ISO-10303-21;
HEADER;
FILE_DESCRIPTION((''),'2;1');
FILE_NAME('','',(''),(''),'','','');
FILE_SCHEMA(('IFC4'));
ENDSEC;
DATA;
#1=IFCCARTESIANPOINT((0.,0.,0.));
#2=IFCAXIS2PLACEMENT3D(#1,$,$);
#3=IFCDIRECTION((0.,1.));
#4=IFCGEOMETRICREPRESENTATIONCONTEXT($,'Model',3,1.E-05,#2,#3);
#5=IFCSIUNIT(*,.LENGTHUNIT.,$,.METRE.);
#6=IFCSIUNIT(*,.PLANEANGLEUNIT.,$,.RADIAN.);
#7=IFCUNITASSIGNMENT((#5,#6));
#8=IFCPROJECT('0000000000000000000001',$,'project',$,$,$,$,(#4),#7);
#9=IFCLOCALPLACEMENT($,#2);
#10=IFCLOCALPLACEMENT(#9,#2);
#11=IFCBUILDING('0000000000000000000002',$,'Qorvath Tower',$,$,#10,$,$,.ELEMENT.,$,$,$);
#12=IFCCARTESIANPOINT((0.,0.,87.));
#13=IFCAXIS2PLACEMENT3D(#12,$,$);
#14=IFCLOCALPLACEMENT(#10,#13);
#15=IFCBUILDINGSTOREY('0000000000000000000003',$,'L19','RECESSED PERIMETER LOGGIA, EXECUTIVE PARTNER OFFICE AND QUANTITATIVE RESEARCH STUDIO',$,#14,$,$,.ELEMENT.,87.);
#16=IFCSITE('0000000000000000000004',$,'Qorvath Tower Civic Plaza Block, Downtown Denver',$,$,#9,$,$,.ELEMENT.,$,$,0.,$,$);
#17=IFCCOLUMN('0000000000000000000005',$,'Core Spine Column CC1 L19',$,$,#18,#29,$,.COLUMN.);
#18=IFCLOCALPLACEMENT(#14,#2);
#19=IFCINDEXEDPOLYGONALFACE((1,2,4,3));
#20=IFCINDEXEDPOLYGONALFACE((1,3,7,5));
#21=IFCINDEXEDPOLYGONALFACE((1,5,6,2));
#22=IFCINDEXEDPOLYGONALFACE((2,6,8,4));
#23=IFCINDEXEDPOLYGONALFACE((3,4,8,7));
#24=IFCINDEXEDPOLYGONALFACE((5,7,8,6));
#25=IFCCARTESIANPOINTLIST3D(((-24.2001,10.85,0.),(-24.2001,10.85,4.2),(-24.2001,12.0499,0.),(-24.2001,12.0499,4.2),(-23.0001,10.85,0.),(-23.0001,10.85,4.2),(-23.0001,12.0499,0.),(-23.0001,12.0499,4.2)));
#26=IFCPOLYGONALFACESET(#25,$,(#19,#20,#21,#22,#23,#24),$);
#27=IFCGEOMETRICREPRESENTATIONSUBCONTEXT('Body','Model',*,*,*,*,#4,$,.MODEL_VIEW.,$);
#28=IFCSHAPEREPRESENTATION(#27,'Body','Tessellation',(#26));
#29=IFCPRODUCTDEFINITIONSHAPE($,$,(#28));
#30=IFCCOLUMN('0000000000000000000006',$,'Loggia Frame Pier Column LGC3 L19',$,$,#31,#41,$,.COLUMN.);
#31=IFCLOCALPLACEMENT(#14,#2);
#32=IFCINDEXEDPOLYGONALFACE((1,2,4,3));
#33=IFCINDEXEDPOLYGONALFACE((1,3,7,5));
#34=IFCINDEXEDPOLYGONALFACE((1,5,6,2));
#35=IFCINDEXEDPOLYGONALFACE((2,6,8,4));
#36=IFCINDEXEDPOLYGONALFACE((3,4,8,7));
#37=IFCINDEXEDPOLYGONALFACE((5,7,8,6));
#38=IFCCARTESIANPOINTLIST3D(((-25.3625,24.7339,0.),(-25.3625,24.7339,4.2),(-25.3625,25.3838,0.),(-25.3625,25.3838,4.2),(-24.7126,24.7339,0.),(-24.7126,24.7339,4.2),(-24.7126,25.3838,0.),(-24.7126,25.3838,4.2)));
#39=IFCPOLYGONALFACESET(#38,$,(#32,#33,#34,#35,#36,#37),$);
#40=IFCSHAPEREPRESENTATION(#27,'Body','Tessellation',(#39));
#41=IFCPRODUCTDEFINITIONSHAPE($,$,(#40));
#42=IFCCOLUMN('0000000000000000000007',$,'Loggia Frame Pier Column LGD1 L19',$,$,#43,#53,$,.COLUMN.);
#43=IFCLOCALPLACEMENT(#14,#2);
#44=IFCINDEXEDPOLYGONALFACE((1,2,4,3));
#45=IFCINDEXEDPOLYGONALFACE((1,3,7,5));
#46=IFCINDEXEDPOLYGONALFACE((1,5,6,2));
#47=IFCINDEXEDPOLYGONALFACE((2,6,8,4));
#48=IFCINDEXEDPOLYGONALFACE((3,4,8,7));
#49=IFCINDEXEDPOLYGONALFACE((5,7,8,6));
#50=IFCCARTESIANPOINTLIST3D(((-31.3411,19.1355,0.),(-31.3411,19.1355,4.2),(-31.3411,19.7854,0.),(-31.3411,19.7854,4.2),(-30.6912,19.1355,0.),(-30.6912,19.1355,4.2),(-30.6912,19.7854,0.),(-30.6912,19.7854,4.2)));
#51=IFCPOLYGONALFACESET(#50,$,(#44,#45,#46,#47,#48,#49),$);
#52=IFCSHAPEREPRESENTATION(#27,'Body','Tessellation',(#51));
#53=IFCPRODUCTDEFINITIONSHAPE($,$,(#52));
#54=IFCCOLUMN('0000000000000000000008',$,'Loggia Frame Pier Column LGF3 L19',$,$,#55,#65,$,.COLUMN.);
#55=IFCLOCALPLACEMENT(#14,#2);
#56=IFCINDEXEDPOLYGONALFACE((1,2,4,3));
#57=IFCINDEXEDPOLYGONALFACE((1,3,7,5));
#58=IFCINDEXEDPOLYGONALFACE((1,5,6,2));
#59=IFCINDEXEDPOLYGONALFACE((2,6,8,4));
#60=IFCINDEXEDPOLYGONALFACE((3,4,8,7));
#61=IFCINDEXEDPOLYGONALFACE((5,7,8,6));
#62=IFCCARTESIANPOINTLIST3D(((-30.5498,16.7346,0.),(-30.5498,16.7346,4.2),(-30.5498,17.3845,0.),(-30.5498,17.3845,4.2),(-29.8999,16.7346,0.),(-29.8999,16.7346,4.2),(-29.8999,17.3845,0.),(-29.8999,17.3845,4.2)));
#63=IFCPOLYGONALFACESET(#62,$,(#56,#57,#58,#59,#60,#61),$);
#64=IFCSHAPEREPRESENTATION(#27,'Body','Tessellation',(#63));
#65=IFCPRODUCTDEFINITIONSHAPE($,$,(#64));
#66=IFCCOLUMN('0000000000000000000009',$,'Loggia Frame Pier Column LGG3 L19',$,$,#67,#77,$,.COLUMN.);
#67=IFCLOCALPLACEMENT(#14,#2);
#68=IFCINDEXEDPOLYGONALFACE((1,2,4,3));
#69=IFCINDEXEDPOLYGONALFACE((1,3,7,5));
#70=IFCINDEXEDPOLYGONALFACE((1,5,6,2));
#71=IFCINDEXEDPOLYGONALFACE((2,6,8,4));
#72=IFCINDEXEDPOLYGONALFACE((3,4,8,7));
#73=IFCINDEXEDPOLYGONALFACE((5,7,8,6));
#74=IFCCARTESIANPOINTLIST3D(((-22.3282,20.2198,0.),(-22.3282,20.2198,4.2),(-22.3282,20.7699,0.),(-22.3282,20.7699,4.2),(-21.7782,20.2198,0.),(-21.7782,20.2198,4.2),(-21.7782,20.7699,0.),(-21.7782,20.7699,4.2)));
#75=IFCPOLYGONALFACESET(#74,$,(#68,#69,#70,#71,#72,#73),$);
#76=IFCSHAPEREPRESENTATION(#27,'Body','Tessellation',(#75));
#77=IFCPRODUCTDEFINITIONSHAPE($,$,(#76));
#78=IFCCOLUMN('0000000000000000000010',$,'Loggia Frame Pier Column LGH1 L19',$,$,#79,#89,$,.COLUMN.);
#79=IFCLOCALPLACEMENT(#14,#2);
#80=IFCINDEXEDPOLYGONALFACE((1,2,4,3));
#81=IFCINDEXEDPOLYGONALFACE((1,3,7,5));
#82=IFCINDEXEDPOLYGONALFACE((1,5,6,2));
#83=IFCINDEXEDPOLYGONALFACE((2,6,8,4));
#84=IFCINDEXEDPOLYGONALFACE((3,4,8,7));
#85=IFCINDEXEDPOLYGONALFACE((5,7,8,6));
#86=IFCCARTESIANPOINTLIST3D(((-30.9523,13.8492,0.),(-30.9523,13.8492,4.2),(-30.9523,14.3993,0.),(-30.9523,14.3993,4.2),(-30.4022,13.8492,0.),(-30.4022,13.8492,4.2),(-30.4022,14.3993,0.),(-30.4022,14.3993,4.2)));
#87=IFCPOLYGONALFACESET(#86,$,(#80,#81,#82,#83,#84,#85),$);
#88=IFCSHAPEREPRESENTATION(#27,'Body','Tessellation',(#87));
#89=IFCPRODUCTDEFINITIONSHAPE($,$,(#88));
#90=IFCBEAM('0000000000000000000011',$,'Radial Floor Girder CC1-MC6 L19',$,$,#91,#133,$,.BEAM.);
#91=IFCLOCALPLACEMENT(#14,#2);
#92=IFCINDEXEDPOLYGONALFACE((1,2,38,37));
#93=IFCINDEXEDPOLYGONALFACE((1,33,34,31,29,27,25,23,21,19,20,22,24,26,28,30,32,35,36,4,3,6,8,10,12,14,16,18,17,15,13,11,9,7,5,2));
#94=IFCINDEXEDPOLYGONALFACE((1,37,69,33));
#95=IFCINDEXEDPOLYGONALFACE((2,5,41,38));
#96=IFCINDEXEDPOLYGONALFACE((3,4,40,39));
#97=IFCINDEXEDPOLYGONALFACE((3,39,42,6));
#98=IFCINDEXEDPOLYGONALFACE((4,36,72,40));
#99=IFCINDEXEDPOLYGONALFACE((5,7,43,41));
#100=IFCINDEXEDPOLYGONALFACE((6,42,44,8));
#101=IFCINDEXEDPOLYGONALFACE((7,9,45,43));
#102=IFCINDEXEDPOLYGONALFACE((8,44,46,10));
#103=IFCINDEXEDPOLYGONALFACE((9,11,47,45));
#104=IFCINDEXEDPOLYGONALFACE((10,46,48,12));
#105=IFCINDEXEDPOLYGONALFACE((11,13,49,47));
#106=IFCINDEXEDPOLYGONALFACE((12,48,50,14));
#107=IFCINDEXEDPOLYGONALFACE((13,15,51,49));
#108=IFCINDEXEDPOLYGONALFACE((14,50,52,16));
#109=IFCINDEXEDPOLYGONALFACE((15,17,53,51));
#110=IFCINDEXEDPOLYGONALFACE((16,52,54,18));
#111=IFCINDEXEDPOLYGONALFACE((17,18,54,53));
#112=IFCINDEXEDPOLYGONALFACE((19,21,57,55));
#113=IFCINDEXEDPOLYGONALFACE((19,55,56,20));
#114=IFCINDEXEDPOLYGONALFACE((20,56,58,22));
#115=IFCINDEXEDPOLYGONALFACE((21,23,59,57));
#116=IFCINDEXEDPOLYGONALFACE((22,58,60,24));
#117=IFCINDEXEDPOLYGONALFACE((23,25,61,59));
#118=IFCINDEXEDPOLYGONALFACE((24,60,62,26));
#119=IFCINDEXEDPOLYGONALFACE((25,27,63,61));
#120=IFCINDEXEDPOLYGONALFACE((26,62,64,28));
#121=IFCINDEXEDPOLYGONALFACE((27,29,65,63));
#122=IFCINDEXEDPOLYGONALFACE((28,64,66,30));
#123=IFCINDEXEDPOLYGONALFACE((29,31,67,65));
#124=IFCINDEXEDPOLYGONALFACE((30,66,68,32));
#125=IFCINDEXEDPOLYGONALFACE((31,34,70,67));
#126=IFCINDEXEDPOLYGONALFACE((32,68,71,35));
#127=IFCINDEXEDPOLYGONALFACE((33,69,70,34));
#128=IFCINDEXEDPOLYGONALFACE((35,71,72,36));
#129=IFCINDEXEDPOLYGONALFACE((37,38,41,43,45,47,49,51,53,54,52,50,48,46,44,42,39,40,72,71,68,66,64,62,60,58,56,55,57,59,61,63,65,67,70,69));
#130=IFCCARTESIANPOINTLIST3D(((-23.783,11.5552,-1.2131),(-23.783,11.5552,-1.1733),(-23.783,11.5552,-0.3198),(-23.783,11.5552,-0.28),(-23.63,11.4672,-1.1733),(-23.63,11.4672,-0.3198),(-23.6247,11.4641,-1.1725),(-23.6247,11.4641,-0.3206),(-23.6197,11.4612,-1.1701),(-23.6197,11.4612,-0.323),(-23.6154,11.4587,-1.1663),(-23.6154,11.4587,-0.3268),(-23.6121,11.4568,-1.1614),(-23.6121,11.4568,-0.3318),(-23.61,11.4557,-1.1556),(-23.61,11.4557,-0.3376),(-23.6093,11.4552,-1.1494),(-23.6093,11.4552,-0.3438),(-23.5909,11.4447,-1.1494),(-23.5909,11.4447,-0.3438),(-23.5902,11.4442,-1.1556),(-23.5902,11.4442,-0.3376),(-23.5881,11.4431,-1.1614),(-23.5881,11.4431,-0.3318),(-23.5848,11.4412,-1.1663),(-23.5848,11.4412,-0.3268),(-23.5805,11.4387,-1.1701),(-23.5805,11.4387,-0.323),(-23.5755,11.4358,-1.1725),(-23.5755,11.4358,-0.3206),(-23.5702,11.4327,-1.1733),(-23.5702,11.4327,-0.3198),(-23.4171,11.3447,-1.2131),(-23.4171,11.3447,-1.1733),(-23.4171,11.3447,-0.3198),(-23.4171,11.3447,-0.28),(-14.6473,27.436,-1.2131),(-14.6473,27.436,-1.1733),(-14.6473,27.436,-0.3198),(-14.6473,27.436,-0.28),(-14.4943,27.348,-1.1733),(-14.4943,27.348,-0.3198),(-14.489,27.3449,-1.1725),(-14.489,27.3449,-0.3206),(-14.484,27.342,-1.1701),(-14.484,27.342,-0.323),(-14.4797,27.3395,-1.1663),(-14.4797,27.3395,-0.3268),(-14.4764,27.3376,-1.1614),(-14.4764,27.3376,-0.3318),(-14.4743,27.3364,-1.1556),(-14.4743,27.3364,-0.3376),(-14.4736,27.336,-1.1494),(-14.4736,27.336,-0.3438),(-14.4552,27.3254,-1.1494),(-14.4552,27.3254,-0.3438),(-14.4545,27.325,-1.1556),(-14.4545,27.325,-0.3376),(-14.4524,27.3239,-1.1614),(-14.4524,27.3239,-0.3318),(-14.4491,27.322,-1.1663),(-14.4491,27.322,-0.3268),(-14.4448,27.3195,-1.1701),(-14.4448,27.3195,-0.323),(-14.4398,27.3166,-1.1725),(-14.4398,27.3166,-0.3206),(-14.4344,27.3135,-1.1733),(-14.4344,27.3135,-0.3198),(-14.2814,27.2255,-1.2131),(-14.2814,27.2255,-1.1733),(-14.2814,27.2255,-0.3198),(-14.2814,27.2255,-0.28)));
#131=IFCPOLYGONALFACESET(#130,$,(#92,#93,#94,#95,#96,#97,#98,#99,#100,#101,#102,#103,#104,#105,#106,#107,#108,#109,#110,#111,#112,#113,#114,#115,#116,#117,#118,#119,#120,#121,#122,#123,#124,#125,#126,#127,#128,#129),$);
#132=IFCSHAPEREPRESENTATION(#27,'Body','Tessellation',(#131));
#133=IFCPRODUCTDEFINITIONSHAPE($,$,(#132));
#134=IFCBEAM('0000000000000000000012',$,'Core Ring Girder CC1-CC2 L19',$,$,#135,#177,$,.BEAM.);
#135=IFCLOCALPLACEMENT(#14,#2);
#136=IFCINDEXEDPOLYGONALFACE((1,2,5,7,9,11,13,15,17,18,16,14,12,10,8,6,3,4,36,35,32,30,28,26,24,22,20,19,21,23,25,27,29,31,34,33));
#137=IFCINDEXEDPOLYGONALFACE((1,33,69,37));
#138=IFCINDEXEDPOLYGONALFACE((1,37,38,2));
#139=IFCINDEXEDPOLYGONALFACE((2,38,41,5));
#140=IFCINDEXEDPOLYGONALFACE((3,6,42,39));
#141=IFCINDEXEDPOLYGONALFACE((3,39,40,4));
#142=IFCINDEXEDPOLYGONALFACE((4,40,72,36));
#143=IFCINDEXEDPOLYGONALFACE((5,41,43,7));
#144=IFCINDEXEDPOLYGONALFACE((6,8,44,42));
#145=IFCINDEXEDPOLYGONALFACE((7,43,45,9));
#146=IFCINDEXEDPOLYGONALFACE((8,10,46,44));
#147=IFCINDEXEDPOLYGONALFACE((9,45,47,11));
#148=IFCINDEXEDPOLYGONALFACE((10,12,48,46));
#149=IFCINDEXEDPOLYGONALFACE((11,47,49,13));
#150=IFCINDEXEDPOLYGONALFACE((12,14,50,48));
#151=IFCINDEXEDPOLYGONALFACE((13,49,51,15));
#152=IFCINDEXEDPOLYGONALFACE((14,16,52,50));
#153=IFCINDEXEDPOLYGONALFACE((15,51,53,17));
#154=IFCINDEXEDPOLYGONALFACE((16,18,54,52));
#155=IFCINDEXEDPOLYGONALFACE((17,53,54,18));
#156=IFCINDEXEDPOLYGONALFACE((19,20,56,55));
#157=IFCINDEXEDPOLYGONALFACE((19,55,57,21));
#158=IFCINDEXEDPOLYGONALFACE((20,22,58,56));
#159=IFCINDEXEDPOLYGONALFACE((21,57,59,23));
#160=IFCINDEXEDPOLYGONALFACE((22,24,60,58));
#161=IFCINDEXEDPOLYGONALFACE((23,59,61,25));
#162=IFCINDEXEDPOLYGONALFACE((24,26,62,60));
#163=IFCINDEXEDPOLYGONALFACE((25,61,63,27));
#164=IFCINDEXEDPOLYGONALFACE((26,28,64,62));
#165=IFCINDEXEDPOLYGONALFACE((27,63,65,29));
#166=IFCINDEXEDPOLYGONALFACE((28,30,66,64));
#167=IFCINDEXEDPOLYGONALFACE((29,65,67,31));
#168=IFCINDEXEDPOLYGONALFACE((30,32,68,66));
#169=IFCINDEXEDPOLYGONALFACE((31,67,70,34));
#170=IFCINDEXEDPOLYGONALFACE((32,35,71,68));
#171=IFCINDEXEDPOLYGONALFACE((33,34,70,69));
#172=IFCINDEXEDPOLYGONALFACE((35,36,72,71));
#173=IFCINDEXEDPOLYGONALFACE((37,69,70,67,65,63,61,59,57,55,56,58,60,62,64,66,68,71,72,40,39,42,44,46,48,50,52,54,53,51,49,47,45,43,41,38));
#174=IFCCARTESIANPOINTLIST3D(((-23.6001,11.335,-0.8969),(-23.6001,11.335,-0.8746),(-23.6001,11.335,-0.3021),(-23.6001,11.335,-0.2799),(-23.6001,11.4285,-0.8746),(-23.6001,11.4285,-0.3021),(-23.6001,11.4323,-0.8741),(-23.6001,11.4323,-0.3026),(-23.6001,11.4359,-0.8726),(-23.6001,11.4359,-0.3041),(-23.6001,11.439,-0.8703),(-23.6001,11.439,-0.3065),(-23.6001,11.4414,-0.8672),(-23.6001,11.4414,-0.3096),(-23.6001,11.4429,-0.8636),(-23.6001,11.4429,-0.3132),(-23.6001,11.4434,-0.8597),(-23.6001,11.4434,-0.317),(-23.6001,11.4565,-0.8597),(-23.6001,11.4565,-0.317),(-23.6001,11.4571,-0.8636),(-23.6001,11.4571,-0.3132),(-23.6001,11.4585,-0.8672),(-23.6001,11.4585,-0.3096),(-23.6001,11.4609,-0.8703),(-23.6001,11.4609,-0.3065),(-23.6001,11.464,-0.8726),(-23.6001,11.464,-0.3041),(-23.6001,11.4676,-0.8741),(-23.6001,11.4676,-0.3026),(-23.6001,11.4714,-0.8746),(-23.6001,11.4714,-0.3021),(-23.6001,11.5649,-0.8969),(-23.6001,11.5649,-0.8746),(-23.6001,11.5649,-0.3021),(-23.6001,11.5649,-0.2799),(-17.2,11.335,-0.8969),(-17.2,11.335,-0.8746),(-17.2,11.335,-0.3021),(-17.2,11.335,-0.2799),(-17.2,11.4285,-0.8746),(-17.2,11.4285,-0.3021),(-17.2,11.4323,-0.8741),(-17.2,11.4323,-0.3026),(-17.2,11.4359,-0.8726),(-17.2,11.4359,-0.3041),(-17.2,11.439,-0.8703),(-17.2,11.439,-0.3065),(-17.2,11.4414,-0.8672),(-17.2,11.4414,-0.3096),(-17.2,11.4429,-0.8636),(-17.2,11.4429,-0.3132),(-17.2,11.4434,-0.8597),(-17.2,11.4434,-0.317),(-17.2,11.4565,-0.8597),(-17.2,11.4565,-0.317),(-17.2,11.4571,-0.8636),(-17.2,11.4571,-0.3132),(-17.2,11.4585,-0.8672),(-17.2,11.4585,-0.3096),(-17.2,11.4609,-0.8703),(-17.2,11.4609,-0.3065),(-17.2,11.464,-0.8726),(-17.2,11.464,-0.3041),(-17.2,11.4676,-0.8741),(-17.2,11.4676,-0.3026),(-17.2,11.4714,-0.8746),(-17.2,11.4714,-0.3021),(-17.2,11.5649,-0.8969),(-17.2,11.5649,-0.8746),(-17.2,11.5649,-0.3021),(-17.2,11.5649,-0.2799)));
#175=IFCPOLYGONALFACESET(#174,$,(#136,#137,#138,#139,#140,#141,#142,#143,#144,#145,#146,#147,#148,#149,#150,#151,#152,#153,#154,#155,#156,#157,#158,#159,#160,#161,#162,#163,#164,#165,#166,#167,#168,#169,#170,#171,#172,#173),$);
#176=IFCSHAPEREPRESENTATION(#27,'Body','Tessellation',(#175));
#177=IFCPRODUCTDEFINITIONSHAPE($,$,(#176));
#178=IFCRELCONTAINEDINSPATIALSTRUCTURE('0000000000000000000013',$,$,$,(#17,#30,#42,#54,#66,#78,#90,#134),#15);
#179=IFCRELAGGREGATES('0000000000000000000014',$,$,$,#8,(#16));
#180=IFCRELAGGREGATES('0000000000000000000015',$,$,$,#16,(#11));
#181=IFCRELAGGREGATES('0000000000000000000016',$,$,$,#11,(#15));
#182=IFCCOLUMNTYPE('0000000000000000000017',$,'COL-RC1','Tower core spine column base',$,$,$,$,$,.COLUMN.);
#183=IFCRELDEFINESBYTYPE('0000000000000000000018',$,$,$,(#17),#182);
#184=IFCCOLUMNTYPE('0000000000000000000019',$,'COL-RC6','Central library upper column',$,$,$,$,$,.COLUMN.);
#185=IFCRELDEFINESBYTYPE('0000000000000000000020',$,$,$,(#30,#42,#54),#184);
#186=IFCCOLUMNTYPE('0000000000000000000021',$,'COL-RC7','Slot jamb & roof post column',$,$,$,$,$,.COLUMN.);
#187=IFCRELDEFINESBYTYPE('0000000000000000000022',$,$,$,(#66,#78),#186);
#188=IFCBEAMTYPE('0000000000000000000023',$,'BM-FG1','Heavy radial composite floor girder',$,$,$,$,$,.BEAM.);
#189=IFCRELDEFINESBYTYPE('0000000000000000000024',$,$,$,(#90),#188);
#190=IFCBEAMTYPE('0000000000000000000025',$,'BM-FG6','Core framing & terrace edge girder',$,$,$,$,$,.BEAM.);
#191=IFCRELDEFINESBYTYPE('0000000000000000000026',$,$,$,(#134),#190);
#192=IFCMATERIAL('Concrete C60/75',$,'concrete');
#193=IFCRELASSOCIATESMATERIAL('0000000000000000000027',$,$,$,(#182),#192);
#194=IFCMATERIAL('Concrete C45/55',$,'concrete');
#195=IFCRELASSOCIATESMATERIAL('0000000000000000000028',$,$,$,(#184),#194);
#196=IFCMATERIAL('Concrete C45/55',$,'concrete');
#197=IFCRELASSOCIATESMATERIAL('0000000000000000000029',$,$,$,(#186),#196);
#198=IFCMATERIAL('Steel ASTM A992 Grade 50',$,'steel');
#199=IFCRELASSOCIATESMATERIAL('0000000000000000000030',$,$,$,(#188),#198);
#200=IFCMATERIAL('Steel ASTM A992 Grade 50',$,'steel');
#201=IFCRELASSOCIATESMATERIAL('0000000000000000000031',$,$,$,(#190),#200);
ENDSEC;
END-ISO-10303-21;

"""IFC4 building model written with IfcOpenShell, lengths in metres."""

from ifc_helpers import new_model, si_unit, direction, frame, origin, origin_2d, place, context, subcontext, project, spatial, rectangle, i_section, extrude, material, material_profile, profile_set, type_object, element, save


model = new_model("IFC4")

# Units and contexts
model_context = context("Model", 3, precision=1e-05, world=origin(), true_north=direction((0.0, 1.0)))
body_context = subcontext(model_context, "Body", "Model", "MODEL_VIEW")
ifc_project = project(units=[si_unit("LENGTHUNIT", "METRE"), si_unit("PLANEANGLEUNIT", "RADIAN")], contexts=[model_context])

# Site, building, storey
site_placement = place(None, origin())
site = spatial("IfcSite", under=ifc_project, at=site_placement, Name="Qorvath Tower Civic Plaza Block, Downtown Denver", CompositionType="ELEMENT", RefElevation=0.0)
building_placement = place(site_placement, origin())
building = spatial("IfcBuilding", under=site, at=building_placement, Name="Qorvath Tower", CompositionType="ELEMENT")
storey_placement = place(building_placement, frame((0.0, 0.0, 87.0)))
storey = spatial("IfcBuildingStorey", under=building, at=storey_placement, Name="L19", Description="RECESSED PERIMETER LOGGIA, EXECUTIVE PARTNER OFFICE AND QUANTITATIVE RESEARCH STUDIO", CompositionType="ELEMENT", Elevation=87.0)

# Columns
ifc_material_1 = material(Name="Concrete C60/75", Category="concrete")
ifc_material_profile_1 = material_profile(ifc_material_1, rectangle(XDim=1.2, YDim=1.2, at=origin_2d()), Name="RC 1200x1200")
ifc_profile_set_1 = profile_set([ifc_material_profile_1], Name="Concrete C60/75")
column_type_1 = type_object("IfcColumnType", Name="COL-RC1", Description="Tower core spine column base", PredefinedType="COLUMN", material=ifc_profile_set_1)
column_placement = place(storey_placement, frame((-23.6001, 11.45, 0.0), z_axis=(0.0, 0.0, 1.0), x_axis=(1.0, 0.0, 0.0)))
element("IfcColumn", 1, at=column_placement, inside=storey, type_object=column_type_1, Name="Core Spine Column CC1 L19", PredefinedType="COLUMN", context=body_context, shape_type="SweptSolid", body=[
    extrude(rectangle(XDim=1.2, YDim=1.2, at=origin_2d()), origin(), (0.0, 0.0, 1.0), 4.2),
])
ifc_material_2 = material(Name="Concrete C45/55", Category="concrete")
ifc_material_profile_2 = material_profile(ifc_material_2, rectangle(XDim=0.6499, YDim=0.6499, at=origin_2d()), Name="RC 650x650")
ifc_profile_set_2 = profile_set([ifc_material_profile_2], Name="Concrete C45/55")
column_type_2 = type_object("IfcColumnType", Name="COL-RC6", Description="Central library upper column", PredefinedType="COLUMN", material=ifc_profile_set_2)
for number, where, z_axis, x_axis, name in (
    (2, (-25.0376, 25.0588, 0.0), (0.0, 0.0, 1.0), (1.0, 0.0, 0.0), "Loggia Frame Pier Column LGC3 L19"),
    (3, (-31.0161, 19.4604, 0.0), (0.0, 0.0, 1.0), (1.0, 0.0, 0.0), "Loggia Frame Pier Column LGD1 L19"),
    (4, (-30.2249, 17.0596, 0.0), (0.0, 0.0, 1.0), (1.0, 0.0, 0.0), "Loggia Frame Pier Column LGF3 L19"),
):
    element("IfcColumn", number, at=place(storey_placement, frame(where, z_axis=z_axis, x_axis=x_axis)), inside=storey, type_object=column_type_2, Name=name, PredefinedType="COLUMN", context=body_context, shape_type="SweptSolid", body=[
        extrude(rectangle(XDim=0.6499, YDim=0.6499, at=origin_2d()), origin(), (0.0, 0.0, 1.0), 4.2),
    ])
ifc_material_3 = material(Name="Concrete C45/55", Category="concrete")
ifc_material_profile_3 = material_profile(ifc_material_3, rectangle(XDim=0.55, YDim=0.55, at=origin_2d()), Name="RC 550x550")
ifc_profile_set_3 = profile_set([ifc_material_profile_3], Name="Concrete C45/55")
column_type_3 = type_object("IfcColumnType", Name="COL-RC7", Description="Slot jamb & roof post column", PredefinedType="COLUMN", material=ifc_profile_set_3)
for number, where, z_axis, x_axis, name in (
    (5, (-22.0532, 20.4949, 0.0), (0.0, 0.0, 1.0), (1.0, 0.0, 0.0), "Loggia Frame Pier Column LGG3 L19"),
    (6, (-30.6772, 14.1243, 0.0), (0.0, 0.0, 1.0), (1.0, 0.0, 0.0), "Loggia Frame Pier Column LGH1 L19"),
):
    element("IfcColumn", number, at=place(storey_placement, frame(where, z_axis=z_axis, x_axis=x_axis)), inside=storey, type_object=column_type_3, Name=name, PredefinedType="COLUMN", context=body_context, shape_type="SweptSolid", body=[
        extrude(rectangle(XDim=0.55, YDim=0.55, at=origin_2d()), origin(), (0.0, 0.0, 1.0), 4.2),
    ])

# Beams
ifc_material_4 = material(Name="Steel ASTM A992 Grade 50", Category="steel")
ifc_material_profile_4 = material_profile(ifc_material_4, i_section(OverallWidth=0.4221, OverallDepth=0.9331, WebThickness=0.0212, FlangeThickness=0.0398, FilletRadius=0.0239, at=origin_2d()), Name="W36x262")
ifc_profile_set_4 = profile_set([ifc_material_profile_4], Name="Steel ASTM A992 Grade 50")
beam_type_1 = type_object("IfcBeamType", Name="BM-FG1", Description="Heavy radial composite floor girder", PredefinedType="BEAM", material=ifc_profile_set_4)
beam_1_placement = place(storey_placement, frame((-23.6001, 11.45, -0.7466), z_axis=(0.498645, 0.866806, 0.0), x_axis=(-0.866806, 0.498645, 0.0)))
element("IfcBeam", 7, at=beam_1_placement, inside=storey, type_object=beam_type_1, Name="Radial Floor Girder CC1-MC6 L19", PredefinedType="BEAM", context=body_context, shape_type="SweptSolid", body=[
    extrude(i_section(OverallWidth=0.4221, OverallDepth=0.9331, WebThickness=0.0212, FlangeThickness=0.0398, FilletRadius=0.0239, at=origin_2d()), origin(), (0.0, 0.0, 1.0), 18.321),
])
ifc_material_5 = material(Name="Steel ASTM A992 Grade 50", Category="steel")
ifc_material_profile_5 = material_profile(ifc_material_5, i_section(OverallWidth=0.23, OverallDepth=0.6169, WebThickness=0.0132, FlangeThickness=0.0222, FilletRadius=0.0149, at=origin_2d()), Name="W24x94")
ifc_profile_set_5 = profile_set([ifc_material_profile_5], Name="Steel ASTM A992 Grade 50")
beam_type_2 = type_object("IfcBeamType", Name="BM-FG6", Description="Core framing & terrace edge girder", PredefinedType="BEAM", material=ifc_profile_set_5)
beam_2_placement = place(storey_placement, frame((-23.6001, 11.45, -0.5884), z_axis=(1.0, 0.0, 0.0), x_axis=(0.0, 1.0, 0.0)))
element("IfcBeam", 8, at=beam_2_placement, inside=storey, type_object=beam_type_2, Name="Core Ring Girder CC1-CC2 L19", PredefinedType="BEAM", context=body_context, shape_type="SweptSolid", body=[
    extrude(i_section(OverallWidth=0.23, OverallDepth=0.6169, WebThickness=0.0132, FlangeThickness=0.0222, FilletRadius=0.0149, at=origin_2d()), origin(), (0.0, 0.0, 1.0), 6.4001),
])

save(model, "model.ifc")
